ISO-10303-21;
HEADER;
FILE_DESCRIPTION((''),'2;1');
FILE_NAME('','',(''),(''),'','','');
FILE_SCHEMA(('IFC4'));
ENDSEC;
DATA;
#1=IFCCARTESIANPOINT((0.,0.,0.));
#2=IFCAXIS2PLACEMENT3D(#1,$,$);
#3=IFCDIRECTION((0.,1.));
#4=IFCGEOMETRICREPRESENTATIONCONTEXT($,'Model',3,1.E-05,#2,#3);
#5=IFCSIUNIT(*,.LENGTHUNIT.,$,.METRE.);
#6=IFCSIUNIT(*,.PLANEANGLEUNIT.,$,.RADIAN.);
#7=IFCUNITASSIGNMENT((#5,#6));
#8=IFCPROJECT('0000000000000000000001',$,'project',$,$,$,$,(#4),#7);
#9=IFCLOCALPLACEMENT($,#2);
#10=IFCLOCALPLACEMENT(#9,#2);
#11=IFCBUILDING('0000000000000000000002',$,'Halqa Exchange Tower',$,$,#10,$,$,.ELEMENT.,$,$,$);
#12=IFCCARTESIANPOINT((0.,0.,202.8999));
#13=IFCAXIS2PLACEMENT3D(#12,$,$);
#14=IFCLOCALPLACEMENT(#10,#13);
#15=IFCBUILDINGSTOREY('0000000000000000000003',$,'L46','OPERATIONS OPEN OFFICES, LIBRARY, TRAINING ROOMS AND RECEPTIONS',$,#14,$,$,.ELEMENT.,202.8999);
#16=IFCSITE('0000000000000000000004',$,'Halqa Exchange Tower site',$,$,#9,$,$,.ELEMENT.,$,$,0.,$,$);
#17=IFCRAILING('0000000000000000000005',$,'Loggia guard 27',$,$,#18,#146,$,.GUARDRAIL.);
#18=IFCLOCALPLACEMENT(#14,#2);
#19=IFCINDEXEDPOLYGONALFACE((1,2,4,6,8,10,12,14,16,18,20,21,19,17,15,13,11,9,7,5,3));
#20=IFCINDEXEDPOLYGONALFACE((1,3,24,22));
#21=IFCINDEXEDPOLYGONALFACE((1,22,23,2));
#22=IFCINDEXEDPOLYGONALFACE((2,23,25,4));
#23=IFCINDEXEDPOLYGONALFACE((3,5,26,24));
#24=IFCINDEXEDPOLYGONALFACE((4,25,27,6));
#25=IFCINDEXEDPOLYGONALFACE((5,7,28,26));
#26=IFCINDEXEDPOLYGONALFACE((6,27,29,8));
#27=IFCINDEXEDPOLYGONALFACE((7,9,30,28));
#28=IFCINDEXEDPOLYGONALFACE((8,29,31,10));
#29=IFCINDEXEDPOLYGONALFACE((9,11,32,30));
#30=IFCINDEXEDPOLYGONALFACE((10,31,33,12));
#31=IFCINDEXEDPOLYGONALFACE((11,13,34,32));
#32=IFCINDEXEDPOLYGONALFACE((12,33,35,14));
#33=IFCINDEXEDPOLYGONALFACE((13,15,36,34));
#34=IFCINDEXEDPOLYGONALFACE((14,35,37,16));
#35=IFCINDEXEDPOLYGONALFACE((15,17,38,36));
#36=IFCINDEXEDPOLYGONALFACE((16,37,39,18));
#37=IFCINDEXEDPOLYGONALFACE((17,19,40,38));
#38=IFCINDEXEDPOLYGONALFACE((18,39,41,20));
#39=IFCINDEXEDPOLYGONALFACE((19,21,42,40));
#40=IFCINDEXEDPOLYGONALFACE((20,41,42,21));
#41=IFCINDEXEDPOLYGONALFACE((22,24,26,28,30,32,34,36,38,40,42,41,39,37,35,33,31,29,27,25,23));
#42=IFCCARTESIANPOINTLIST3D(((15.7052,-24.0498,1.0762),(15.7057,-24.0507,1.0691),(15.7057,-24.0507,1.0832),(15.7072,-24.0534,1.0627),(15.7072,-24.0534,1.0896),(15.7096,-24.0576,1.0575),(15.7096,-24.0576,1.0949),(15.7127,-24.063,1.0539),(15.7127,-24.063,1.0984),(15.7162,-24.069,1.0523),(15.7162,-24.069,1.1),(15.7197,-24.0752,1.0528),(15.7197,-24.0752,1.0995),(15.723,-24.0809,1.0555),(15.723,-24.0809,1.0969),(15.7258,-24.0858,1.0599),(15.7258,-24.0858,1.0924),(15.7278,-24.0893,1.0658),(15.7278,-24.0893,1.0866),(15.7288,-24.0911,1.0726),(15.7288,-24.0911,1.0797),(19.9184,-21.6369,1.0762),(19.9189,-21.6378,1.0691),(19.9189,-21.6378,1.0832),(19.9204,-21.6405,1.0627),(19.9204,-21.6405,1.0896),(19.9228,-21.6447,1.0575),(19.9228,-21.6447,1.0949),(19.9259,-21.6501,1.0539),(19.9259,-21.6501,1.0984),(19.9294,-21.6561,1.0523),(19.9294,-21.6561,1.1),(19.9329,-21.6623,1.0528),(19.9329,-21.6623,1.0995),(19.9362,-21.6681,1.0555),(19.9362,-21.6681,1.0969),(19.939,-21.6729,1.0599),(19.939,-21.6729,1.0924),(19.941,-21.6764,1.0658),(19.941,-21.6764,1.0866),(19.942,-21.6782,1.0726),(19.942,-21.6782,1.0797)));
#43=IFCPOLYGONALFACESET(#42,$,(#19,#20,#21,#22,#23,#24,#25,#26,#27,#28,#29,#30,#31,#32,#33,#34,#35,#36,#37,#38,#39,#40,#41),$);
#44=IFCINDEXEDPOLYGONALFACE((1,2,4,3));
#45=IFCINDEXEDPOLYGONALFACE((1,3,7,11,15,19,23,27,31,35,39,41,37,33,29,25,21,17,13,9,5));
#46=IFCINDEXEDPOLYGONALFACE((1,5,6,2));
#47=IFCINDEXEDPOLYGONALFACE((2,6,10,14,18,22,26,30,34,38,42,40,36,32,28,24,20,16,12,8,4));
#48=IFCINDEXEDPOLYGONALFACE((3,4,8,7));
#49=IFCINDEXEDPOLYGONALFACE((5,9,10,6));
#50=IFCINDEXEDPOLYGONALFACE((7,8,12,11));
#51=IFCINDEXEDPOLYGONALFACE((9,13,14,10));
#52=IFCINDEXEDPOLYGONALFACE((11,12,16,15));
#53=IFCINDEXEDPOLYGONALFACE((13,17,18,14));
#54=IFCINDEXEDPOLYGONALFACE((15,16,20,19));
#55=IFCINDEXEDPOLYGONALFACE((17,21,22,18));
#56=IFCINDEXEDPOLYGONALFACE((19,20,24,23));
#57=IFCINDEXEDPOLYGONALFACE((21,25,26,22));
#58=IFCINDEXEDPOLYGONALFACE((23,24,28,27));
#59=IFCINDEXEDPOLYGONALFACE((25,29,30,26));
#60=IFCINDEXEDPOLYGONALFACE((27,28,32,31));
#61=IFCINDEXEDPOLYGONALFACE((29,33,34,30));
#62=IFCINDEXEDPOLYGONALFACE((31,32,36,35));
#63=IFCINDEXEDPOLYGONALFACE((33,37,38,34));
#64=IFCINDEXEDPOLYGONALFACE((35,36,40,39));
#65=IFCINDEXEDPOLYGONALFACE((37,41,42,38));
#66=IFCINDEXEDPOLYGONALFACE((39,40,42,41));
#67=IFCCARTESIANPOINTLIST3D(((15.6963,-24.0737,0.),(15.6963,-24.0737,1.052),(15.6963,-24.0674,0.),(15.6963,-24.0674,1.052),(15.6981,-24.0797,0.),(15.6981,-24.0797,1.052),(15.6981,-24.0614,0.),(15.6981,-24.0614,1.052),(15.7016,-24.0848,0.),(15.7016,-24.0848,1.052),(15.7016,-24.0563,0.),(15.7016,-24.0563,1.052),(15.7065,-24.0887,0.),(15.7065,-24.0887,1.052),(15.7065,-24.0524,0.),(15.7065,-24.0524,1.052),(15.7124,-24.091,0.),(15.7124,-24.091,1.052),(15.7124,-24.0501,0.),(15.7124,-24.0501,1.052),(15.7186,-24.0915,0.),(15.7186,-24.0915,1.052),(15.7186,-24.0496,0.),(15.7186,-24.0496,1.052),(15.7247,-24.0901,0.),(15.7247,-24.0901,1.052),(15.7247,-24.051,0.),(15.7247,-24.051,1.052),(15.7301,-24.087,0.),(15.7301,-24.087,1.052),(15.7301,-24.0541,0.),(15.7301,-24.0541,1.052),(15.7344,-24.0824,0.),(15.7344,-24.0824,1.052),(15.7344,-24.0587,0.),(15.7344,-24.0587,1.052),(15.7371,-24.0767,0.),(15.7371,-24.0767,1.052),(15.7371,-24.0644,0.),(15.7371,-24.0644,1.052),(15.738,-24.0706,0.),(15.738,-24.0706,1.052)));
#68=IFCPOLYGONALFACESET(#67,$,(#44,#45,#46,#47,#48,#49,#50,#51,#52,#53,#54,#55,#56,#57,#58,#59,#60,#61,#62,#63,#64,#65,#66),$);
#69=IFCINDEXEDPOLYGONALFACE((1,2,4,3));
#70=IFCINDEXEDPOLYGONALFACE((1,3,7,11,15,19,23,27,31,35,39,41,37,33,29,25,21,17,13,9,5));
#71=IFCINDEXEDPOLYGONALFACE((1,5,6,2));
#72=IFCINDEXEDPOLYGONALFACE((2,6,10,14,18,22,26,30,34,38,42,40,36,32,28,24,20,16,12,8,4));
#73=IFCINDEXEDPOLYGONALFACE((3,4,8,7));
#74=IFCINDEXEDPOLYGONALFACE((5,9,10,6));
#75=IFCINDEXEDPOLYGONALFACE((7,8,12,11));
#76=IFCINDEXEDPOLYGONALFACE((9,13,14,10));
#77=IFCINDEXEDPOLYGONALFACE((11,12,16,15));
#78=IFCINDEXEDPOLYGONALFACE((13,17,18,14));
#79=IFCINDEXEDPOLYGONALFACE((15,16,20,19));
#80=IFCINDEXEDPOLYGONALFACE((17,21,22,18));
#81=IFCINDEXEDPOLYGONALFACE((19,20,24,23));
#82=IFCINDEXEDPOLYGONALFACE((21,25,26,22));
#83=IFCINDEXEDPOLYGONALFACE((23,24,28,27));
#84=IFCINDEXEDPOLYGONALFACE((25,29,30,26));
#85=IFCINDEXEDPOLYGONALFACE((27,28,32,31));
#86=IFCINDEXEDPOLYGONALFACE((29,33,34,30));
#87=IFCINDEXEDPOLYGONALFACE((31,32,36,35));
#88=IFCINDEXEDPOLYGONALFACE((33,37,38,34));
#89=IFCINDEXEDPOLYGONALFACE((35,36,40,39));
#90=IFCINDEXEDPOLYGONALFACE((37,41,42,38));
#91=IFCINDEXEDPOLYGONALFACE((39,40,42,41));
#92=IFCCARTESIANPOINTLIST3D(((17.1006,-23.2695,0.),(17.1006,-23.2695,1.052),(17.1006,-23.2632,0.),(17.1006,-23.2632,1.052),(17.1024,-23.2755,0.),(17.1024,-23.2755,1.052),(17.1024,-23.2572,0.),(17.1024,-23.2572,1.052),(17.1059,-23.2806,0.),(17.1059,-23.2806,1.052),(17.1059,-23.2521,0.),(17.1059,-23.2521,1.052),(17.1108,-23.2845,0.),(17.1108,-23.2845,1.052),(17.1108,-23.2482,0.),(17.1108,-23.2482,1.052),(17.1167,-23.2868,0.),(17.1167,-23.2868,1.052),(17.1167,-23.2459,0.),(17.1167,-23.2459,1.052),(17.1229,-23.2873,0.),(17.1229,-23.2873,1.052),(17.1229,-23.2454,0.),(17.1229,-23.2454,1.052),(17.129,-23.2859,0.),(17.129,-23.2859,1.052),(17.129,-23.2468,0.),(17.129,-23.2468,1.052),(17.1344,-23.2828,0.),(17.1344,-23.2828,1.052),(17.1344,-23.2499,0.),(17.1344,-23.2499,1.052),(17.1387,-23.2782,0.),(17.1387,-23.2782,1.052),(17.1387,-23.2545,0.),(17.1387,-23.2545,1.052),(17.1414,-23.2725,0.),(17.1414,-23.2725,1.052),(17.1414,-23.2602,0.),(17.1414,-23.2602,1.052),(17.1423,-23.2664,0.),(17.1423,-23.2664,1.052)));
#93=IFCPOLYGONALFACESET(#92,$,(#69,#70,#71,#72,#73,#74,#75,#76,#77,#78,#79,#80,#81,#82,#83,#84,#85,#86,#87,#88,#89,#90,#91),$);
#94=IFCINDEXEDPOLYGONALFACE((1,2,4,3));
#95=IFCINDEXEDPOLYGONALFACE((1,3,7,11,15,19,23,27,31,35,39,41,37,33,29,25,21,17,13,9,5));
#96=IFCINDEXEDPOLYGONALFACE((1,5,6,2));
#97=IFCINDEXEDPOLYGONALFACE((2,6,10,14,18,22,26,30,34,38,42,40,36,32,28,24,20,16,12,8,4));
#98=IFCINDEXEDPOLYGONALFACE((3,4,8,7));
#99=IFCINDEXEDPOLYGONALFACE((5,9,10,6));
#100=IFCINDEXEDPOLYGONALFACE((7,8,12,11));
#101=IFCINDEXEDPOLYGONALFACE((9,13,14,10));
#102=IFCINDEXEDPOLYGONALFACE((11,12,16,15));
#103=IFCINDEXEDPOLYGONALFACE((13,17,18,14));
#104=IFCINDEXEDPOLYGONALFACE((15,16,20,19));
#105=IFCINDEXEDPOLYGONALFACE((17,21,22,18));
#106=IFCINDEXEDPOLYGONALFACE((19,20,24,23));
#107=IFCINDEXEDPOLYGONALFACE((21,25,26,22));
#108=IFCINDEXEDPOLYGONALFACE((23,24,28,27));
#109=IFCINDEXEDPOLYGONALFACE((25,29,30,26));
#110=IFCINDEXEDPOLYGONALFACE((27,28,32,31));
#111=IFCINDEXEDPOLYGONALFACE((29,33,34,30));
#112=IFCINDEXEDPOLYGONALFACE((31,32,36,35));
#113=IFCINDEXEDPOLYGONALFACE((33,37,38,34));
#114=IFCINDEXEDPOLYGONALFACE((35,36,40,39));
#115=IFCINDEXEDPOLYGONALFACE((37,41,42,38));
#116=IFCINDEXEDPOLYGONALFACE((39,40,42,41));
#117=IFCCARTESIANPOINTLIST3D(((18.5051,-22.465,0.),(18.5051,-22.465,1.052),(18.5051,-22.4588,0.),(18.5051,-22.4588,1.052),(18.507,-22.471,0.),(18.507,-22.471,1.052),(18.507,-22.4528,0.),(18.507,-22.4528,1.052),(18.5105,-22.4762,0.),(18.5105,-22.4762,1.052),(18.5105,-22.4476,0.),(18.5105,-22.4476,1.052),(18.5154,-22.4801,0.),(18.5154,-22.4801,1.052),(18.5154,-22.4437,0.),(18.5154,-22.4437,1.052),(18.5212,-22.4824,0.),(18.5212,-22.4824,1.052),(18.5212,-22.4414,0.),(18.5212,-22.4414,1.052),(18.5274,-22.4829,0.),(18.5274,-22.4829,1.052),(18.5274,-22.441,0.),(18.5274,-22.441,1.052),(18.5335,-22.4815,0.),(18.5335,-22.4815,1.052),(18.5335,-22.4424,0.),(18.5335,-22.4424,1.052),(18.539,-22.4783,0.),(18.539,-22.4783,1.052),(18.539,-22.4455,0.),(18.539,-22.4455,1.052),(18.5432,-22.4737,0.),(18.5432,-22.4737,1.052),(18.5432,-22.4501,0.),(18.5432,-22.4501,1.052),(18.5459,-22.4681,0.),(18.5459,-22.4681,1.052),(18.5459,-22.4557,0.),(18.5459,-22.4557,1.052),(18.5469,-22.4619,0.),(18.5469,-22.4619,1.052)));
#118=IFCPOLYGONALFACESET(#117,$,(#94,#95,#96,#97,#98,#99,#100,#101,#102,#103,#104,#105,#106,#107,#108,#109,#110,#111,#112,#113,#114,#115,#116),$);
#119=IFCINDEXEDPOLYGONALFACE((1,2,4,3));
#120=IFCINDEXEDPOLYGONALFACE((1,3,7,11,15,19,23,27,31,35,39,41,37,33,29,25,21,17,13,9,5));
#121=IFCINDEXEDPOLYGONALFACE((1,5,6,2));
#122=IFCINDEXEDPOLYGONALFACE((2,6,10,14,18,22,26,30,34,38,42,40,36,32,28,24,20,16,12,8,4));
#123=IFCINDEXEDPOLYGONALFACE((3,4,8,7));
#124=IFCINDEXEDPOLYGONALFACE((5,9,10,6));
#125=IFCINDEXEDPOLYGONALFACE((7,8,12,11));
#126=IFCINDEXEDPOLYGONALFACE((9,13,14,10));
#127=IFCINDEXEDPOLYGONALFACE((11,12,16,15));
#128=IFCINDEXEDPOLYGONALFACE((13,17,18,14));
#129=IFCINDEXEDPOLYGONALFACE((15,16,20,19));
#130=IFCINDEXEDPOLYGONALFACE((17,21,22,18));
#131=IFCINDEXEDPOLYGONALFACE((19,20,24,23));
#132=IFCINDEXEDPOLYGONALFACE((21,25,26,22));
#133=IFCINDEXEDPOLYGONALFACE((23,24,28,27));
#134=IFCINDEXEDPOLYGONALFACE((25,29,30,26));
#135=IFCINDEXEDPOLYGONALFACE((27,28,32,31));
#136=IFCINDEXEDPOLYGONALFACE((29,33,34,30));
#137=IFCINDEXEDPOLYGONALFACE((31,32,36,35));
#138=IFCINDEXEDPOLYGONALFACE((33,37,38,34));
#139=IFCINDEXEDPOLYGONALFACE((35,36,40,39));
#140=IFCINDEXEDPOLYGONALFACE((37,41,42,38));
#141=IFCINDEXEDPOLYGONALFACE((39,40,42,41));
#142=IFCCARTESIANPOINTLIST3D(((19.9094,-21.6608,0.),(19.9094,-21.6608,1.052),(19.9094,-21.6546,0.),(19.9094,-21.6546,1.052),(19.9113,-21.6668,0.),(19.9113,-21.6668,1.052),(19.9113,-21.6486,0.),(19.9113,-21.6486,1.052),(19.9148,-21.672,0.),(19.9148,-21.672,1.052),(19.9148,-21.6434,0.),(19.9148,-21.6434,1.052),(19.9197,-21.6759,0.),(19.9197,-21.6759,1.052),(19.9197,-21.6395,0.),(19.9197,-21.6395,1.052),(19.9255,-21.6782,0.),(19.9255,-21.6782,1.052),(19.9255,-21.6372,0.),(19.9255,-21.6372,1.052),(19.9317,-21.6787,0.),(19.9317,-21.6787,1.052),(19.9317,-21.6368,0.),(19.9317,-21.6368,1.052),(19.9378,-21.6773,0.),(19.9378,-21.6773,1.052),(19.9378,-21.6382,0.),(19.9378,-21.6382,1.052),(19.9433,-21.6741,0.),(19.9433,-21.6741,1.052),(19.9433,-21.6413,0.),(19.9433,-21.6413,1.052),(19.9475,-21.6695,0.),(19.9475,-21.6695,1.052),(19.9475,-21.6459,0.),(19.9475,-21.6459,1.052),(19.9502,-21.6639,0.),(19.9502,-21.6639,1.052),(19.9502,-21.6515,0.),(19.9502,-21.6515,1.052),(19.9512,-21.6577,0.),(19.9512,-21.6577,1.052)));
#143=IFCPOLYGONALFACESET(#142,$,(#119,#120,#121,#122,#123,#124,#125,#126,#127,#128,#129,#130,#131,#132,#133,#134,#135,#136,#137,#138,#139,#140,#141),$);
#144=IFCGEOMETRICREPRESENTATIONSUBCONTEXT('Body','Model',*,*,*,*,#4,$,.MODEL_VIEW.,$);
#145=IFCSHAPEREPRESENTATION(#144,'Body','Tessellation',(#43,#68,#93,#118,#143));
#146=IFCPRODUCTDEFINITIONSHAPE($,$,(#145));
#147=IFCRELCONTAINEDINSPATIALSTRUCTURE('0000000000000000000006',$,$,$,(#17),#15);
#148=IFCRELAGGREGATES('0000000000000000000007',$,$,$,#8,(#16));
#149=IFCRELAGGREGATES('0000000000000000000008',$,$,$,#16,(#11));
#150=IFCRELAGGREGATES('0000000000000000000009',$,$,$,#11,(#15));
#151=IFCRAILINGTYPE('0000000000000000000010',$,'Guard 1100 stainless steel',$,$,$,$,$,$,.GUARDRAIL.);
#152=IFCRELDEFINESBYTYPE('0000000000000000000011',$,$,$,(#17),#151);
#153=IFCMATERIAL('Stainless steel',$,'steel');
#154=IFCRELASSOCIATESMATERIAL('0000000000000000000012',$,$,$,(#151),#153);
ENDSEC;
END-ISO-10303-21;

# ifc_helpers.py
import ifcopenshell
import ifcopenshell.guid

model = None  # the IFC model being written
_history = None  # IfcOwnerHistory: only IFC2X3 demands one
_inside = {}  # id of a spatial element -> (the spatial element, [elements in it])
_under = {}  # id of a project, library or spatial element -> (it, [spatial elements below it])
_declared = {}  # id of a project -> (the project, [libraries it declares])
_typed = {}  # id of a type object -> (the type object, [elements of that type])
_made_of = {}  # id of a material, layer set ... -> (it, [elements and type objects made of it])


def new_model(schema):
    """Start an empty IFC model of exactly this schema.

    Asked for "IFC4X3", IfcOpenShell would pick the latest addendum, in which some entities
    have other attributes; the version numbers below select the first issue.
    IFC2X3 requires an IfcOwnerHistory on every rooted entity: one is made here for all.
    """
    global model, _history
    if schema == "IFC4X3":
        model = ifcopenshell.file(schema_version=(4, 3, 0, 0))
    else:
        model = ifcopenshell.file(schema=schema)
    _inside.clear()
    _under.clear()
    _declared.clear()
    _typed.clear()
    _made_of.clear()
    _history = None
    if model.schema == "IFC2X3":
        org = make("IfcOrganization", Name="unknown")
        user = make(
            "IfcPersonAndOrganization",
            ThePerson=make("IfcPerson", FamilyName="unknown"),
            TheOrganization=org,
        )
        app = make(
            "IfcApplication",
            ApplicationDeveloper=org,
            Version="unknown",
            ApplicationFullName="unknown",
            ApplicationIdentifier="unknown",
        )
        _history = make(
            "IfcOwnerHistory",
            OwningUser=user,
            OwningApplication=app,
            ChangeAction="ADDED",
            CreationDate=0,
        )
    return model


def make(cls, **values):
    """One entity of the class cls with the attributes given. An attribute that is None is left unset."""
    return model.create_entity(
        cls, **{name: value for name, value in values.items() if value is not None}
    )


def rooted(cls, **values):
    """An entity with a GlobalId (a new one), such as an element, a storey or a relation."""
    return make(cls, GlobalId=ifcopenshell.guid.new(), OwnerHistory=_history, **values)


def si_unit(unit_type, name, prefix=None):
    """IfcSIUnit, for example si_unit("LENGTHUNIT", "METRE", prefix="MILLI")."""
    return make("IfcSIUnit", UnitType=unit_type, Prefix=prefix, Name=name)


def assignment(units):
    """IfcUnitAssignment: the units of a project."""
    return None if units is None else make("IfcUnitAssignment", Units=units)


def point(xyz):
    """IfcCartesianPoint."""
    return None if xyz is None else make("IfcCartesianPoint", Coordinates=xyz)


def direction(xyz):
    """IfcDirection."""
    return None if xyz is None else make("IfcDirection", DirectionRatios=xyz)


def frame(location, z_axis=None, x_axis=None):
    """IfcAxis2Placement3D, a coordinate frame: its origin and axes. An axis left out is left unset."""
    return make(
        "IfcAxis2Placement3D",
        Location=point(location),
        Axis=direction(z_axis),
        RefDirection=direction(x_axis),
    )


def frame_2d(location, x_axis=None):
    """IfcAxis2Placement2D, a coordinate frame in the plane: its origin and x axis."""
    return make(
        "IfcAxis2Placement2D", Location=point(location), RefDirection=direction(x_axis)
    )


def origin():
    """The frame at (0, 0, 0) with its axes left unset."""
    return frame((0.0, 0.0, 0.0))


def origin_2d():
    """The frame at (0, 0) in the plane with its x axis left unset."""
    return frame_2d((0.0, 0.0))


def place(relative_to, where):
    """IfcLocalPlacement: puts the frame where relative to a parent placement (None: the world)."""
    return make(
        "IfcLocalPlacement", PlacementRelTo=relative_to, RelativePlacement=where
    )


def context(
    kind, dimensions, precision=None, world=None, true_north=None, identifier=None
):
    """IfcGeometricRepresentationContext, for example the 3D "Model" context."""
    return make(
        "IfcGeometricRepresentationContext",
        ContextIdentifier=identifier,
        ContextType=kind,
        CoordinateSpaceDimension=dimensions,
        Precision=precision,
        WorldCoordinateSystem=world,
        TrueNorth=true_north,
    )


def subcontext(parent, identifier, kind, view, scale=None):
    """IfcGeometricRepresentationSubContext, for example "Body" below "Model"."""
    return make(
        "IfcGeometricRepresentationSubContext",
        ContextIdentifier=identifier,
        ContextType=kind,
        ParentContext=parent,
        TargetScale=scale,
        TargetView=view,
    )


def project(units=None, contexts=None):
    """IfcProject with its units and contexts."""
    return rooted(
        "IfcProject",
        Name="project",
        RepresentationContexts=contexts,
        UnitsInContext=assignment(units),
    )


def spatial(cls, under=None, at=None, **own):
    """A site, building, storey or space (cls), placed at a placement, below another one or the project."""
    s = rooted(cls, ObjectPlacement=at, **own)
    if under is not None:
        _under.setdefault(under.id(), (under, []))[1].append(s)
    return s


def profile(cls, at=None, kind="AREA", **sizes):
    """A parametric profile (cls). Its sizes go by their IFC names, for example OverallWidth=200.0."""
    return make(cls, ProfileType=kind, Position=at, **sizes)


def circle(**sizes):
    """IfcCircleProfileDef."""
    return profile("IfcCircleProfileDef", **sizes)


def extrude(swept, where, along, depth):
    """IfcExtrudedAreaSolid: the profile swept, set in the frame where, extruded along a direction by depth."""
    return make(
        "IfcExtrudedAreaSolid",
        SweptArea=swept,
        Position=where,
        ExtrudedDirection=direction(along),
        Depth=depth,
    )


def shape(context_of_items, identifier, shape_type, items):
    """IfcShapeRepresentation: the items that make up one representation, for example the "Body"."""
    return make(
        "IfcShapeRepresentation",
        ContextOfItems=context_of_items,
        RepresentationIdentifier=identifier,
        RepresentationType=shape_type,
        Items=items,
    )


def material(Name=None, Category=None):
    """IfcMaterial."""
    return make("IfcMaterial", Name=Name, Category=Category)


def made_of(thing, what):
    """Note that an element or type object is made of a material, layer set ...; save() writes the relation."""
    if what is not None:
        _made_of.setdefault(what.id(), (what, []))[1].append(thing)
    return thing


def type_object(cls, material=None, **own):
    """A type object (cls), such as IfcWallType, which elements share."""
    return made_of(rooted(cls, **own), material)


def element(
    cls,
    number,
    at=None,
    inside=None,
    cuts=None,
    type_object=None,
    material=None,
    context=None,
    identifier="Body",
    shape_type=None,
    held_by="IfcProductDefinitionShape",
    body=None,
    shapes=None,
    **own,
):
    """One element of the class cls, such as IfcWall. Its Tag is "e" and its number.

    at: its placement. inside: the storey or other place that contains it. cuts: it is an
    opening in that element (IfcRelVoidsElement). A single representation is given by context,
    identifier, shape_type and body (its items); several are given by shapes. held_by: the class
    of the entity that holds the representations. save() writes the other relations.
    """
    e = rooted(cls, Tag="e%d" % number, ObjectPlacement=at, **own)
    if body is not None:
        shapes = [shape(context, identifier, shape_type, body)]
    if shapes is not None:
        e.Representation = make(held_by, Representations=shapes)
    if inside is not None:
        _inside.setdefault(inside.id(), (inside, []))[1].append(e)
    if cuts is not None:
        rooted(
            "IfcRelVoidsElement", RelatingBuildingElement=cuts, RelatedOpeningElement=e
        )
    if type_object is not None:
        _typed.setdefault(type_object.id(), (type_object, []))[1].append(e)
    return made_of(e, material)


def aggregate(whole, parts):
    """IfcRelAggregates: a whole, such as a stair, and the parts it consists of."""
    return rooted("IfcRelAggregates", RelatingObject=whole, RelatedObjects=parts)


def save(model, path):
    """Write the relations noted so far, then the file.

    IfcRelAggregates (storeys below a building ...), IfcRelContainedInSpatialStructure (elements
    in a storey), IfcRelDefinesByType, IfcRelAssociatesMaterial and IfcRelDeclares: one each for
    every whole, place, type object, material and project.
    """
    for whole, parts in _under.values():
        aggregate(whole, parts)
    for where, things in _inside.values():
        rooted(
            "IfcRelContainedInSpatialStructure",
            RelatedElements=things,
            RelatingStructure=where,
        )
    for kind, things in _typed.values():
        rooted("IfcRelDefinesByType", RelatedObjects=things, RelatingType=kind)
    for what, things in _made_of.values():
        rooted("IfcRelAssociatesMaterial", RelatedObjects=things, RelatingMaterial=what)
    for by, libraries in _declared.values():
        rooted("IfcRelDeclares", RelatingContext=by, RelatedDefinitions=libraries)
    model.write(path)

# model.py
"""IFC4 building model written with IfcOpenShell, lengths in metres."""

from ifc_helpers import new_model, si_unit, direction, frame, origin, origin_2d, place, context, subcontext, project, spatial, circle, extrude, material, type_object, element, save


model = new_model("IFC4")

# Units and contexts
model_context = context("Model", 3, precision=1e-05, world=origin(), true_north=direction((0.0, 1.0)))
body_context = subcontext(model_context, "Body", "Model", "MODEL_VIEW")
ifc_project = project(units=[si_unit("LENGTHUNIT", "METRE"), si_unit("PLANEANGLEUNIT", "RADIAN")], contexts=[model_context])

# Site, building, storey
site_placement = place(None, origin())
site = spatial("IfcSite", under=ifc_project, at=site_placement, Name="Halqa Exchange Tower site", CompositionType="ELEMENT", RefElevation=0.0)
building_placement = place(site_placement, origin())
building = spatial("IfcBuilding", under=site, at=building_placement, Name="Halqa Exchange Tower", CompositionType="ELEMENT")
storey_placement = place(building_placement, frame((0.0, 0.0, 202.8999)))
storey = spatial("IfcBuildingStorey", under=building, at=storey_placement, Name="L46", Description="OPERATIONS OPEN OFFICES, LIBRARY, TRAINING ROOMS AND RECEPTIONS", CompositionType="ELEMENT", Elevation=202.8999)

# Railing
ifc_material_1 = material(Name="Stainless steel", Category="steel")
railing_type = type_object("IfcRailingType", Name="Guard 1100 stainless steel", PredefinedType="GUARDRAIL", material=ifc_material_1)
railing_1_placement = place(storey_placement, frame((15.717, -24.0706, 0.0)))
element("IfcRailing", 1, at=railing_1_placement, inside=storey, type_object=railing_type, Name="Loggia guard 27", PredefinedType="GUARDRAIL", context=body_context, shape_type="SweptSolid", body=[
    extrude(circle(Radius=0.0239, at=origin_2d()), frame((0.0, 0.0, 1.0762), z_axis=(0.867769, 0.496967, 0.0), x_axis=(-0.496967, 0.867769, 0.0)), (0.0, 0.0, 1.0), 4.8552),
    extrude(circle(Radius=0.021, at=origin_2d()), origin(), (0.0, 0.0, 1.0), 1.052),
    extrude(circle(Radius=0.021, at=origin_2d()), frame((1.4043, 0.8042, 0.0)), (0.0, 0.0, 1.0), 1.052),
    extrude(circle(Radius=0.021, at=origin_2d()), frame((2.8088, 1.6086, 0.0)), (0.0, 0.0, 1.0), 1.052),
    extrude(circle(Radius=0.021, at=origin_2d()), frame((4.2131, 2.4128, 0.0)), (0.0, 0.0, 1.0), 1.052),
])

save(model, "model.ifc")
